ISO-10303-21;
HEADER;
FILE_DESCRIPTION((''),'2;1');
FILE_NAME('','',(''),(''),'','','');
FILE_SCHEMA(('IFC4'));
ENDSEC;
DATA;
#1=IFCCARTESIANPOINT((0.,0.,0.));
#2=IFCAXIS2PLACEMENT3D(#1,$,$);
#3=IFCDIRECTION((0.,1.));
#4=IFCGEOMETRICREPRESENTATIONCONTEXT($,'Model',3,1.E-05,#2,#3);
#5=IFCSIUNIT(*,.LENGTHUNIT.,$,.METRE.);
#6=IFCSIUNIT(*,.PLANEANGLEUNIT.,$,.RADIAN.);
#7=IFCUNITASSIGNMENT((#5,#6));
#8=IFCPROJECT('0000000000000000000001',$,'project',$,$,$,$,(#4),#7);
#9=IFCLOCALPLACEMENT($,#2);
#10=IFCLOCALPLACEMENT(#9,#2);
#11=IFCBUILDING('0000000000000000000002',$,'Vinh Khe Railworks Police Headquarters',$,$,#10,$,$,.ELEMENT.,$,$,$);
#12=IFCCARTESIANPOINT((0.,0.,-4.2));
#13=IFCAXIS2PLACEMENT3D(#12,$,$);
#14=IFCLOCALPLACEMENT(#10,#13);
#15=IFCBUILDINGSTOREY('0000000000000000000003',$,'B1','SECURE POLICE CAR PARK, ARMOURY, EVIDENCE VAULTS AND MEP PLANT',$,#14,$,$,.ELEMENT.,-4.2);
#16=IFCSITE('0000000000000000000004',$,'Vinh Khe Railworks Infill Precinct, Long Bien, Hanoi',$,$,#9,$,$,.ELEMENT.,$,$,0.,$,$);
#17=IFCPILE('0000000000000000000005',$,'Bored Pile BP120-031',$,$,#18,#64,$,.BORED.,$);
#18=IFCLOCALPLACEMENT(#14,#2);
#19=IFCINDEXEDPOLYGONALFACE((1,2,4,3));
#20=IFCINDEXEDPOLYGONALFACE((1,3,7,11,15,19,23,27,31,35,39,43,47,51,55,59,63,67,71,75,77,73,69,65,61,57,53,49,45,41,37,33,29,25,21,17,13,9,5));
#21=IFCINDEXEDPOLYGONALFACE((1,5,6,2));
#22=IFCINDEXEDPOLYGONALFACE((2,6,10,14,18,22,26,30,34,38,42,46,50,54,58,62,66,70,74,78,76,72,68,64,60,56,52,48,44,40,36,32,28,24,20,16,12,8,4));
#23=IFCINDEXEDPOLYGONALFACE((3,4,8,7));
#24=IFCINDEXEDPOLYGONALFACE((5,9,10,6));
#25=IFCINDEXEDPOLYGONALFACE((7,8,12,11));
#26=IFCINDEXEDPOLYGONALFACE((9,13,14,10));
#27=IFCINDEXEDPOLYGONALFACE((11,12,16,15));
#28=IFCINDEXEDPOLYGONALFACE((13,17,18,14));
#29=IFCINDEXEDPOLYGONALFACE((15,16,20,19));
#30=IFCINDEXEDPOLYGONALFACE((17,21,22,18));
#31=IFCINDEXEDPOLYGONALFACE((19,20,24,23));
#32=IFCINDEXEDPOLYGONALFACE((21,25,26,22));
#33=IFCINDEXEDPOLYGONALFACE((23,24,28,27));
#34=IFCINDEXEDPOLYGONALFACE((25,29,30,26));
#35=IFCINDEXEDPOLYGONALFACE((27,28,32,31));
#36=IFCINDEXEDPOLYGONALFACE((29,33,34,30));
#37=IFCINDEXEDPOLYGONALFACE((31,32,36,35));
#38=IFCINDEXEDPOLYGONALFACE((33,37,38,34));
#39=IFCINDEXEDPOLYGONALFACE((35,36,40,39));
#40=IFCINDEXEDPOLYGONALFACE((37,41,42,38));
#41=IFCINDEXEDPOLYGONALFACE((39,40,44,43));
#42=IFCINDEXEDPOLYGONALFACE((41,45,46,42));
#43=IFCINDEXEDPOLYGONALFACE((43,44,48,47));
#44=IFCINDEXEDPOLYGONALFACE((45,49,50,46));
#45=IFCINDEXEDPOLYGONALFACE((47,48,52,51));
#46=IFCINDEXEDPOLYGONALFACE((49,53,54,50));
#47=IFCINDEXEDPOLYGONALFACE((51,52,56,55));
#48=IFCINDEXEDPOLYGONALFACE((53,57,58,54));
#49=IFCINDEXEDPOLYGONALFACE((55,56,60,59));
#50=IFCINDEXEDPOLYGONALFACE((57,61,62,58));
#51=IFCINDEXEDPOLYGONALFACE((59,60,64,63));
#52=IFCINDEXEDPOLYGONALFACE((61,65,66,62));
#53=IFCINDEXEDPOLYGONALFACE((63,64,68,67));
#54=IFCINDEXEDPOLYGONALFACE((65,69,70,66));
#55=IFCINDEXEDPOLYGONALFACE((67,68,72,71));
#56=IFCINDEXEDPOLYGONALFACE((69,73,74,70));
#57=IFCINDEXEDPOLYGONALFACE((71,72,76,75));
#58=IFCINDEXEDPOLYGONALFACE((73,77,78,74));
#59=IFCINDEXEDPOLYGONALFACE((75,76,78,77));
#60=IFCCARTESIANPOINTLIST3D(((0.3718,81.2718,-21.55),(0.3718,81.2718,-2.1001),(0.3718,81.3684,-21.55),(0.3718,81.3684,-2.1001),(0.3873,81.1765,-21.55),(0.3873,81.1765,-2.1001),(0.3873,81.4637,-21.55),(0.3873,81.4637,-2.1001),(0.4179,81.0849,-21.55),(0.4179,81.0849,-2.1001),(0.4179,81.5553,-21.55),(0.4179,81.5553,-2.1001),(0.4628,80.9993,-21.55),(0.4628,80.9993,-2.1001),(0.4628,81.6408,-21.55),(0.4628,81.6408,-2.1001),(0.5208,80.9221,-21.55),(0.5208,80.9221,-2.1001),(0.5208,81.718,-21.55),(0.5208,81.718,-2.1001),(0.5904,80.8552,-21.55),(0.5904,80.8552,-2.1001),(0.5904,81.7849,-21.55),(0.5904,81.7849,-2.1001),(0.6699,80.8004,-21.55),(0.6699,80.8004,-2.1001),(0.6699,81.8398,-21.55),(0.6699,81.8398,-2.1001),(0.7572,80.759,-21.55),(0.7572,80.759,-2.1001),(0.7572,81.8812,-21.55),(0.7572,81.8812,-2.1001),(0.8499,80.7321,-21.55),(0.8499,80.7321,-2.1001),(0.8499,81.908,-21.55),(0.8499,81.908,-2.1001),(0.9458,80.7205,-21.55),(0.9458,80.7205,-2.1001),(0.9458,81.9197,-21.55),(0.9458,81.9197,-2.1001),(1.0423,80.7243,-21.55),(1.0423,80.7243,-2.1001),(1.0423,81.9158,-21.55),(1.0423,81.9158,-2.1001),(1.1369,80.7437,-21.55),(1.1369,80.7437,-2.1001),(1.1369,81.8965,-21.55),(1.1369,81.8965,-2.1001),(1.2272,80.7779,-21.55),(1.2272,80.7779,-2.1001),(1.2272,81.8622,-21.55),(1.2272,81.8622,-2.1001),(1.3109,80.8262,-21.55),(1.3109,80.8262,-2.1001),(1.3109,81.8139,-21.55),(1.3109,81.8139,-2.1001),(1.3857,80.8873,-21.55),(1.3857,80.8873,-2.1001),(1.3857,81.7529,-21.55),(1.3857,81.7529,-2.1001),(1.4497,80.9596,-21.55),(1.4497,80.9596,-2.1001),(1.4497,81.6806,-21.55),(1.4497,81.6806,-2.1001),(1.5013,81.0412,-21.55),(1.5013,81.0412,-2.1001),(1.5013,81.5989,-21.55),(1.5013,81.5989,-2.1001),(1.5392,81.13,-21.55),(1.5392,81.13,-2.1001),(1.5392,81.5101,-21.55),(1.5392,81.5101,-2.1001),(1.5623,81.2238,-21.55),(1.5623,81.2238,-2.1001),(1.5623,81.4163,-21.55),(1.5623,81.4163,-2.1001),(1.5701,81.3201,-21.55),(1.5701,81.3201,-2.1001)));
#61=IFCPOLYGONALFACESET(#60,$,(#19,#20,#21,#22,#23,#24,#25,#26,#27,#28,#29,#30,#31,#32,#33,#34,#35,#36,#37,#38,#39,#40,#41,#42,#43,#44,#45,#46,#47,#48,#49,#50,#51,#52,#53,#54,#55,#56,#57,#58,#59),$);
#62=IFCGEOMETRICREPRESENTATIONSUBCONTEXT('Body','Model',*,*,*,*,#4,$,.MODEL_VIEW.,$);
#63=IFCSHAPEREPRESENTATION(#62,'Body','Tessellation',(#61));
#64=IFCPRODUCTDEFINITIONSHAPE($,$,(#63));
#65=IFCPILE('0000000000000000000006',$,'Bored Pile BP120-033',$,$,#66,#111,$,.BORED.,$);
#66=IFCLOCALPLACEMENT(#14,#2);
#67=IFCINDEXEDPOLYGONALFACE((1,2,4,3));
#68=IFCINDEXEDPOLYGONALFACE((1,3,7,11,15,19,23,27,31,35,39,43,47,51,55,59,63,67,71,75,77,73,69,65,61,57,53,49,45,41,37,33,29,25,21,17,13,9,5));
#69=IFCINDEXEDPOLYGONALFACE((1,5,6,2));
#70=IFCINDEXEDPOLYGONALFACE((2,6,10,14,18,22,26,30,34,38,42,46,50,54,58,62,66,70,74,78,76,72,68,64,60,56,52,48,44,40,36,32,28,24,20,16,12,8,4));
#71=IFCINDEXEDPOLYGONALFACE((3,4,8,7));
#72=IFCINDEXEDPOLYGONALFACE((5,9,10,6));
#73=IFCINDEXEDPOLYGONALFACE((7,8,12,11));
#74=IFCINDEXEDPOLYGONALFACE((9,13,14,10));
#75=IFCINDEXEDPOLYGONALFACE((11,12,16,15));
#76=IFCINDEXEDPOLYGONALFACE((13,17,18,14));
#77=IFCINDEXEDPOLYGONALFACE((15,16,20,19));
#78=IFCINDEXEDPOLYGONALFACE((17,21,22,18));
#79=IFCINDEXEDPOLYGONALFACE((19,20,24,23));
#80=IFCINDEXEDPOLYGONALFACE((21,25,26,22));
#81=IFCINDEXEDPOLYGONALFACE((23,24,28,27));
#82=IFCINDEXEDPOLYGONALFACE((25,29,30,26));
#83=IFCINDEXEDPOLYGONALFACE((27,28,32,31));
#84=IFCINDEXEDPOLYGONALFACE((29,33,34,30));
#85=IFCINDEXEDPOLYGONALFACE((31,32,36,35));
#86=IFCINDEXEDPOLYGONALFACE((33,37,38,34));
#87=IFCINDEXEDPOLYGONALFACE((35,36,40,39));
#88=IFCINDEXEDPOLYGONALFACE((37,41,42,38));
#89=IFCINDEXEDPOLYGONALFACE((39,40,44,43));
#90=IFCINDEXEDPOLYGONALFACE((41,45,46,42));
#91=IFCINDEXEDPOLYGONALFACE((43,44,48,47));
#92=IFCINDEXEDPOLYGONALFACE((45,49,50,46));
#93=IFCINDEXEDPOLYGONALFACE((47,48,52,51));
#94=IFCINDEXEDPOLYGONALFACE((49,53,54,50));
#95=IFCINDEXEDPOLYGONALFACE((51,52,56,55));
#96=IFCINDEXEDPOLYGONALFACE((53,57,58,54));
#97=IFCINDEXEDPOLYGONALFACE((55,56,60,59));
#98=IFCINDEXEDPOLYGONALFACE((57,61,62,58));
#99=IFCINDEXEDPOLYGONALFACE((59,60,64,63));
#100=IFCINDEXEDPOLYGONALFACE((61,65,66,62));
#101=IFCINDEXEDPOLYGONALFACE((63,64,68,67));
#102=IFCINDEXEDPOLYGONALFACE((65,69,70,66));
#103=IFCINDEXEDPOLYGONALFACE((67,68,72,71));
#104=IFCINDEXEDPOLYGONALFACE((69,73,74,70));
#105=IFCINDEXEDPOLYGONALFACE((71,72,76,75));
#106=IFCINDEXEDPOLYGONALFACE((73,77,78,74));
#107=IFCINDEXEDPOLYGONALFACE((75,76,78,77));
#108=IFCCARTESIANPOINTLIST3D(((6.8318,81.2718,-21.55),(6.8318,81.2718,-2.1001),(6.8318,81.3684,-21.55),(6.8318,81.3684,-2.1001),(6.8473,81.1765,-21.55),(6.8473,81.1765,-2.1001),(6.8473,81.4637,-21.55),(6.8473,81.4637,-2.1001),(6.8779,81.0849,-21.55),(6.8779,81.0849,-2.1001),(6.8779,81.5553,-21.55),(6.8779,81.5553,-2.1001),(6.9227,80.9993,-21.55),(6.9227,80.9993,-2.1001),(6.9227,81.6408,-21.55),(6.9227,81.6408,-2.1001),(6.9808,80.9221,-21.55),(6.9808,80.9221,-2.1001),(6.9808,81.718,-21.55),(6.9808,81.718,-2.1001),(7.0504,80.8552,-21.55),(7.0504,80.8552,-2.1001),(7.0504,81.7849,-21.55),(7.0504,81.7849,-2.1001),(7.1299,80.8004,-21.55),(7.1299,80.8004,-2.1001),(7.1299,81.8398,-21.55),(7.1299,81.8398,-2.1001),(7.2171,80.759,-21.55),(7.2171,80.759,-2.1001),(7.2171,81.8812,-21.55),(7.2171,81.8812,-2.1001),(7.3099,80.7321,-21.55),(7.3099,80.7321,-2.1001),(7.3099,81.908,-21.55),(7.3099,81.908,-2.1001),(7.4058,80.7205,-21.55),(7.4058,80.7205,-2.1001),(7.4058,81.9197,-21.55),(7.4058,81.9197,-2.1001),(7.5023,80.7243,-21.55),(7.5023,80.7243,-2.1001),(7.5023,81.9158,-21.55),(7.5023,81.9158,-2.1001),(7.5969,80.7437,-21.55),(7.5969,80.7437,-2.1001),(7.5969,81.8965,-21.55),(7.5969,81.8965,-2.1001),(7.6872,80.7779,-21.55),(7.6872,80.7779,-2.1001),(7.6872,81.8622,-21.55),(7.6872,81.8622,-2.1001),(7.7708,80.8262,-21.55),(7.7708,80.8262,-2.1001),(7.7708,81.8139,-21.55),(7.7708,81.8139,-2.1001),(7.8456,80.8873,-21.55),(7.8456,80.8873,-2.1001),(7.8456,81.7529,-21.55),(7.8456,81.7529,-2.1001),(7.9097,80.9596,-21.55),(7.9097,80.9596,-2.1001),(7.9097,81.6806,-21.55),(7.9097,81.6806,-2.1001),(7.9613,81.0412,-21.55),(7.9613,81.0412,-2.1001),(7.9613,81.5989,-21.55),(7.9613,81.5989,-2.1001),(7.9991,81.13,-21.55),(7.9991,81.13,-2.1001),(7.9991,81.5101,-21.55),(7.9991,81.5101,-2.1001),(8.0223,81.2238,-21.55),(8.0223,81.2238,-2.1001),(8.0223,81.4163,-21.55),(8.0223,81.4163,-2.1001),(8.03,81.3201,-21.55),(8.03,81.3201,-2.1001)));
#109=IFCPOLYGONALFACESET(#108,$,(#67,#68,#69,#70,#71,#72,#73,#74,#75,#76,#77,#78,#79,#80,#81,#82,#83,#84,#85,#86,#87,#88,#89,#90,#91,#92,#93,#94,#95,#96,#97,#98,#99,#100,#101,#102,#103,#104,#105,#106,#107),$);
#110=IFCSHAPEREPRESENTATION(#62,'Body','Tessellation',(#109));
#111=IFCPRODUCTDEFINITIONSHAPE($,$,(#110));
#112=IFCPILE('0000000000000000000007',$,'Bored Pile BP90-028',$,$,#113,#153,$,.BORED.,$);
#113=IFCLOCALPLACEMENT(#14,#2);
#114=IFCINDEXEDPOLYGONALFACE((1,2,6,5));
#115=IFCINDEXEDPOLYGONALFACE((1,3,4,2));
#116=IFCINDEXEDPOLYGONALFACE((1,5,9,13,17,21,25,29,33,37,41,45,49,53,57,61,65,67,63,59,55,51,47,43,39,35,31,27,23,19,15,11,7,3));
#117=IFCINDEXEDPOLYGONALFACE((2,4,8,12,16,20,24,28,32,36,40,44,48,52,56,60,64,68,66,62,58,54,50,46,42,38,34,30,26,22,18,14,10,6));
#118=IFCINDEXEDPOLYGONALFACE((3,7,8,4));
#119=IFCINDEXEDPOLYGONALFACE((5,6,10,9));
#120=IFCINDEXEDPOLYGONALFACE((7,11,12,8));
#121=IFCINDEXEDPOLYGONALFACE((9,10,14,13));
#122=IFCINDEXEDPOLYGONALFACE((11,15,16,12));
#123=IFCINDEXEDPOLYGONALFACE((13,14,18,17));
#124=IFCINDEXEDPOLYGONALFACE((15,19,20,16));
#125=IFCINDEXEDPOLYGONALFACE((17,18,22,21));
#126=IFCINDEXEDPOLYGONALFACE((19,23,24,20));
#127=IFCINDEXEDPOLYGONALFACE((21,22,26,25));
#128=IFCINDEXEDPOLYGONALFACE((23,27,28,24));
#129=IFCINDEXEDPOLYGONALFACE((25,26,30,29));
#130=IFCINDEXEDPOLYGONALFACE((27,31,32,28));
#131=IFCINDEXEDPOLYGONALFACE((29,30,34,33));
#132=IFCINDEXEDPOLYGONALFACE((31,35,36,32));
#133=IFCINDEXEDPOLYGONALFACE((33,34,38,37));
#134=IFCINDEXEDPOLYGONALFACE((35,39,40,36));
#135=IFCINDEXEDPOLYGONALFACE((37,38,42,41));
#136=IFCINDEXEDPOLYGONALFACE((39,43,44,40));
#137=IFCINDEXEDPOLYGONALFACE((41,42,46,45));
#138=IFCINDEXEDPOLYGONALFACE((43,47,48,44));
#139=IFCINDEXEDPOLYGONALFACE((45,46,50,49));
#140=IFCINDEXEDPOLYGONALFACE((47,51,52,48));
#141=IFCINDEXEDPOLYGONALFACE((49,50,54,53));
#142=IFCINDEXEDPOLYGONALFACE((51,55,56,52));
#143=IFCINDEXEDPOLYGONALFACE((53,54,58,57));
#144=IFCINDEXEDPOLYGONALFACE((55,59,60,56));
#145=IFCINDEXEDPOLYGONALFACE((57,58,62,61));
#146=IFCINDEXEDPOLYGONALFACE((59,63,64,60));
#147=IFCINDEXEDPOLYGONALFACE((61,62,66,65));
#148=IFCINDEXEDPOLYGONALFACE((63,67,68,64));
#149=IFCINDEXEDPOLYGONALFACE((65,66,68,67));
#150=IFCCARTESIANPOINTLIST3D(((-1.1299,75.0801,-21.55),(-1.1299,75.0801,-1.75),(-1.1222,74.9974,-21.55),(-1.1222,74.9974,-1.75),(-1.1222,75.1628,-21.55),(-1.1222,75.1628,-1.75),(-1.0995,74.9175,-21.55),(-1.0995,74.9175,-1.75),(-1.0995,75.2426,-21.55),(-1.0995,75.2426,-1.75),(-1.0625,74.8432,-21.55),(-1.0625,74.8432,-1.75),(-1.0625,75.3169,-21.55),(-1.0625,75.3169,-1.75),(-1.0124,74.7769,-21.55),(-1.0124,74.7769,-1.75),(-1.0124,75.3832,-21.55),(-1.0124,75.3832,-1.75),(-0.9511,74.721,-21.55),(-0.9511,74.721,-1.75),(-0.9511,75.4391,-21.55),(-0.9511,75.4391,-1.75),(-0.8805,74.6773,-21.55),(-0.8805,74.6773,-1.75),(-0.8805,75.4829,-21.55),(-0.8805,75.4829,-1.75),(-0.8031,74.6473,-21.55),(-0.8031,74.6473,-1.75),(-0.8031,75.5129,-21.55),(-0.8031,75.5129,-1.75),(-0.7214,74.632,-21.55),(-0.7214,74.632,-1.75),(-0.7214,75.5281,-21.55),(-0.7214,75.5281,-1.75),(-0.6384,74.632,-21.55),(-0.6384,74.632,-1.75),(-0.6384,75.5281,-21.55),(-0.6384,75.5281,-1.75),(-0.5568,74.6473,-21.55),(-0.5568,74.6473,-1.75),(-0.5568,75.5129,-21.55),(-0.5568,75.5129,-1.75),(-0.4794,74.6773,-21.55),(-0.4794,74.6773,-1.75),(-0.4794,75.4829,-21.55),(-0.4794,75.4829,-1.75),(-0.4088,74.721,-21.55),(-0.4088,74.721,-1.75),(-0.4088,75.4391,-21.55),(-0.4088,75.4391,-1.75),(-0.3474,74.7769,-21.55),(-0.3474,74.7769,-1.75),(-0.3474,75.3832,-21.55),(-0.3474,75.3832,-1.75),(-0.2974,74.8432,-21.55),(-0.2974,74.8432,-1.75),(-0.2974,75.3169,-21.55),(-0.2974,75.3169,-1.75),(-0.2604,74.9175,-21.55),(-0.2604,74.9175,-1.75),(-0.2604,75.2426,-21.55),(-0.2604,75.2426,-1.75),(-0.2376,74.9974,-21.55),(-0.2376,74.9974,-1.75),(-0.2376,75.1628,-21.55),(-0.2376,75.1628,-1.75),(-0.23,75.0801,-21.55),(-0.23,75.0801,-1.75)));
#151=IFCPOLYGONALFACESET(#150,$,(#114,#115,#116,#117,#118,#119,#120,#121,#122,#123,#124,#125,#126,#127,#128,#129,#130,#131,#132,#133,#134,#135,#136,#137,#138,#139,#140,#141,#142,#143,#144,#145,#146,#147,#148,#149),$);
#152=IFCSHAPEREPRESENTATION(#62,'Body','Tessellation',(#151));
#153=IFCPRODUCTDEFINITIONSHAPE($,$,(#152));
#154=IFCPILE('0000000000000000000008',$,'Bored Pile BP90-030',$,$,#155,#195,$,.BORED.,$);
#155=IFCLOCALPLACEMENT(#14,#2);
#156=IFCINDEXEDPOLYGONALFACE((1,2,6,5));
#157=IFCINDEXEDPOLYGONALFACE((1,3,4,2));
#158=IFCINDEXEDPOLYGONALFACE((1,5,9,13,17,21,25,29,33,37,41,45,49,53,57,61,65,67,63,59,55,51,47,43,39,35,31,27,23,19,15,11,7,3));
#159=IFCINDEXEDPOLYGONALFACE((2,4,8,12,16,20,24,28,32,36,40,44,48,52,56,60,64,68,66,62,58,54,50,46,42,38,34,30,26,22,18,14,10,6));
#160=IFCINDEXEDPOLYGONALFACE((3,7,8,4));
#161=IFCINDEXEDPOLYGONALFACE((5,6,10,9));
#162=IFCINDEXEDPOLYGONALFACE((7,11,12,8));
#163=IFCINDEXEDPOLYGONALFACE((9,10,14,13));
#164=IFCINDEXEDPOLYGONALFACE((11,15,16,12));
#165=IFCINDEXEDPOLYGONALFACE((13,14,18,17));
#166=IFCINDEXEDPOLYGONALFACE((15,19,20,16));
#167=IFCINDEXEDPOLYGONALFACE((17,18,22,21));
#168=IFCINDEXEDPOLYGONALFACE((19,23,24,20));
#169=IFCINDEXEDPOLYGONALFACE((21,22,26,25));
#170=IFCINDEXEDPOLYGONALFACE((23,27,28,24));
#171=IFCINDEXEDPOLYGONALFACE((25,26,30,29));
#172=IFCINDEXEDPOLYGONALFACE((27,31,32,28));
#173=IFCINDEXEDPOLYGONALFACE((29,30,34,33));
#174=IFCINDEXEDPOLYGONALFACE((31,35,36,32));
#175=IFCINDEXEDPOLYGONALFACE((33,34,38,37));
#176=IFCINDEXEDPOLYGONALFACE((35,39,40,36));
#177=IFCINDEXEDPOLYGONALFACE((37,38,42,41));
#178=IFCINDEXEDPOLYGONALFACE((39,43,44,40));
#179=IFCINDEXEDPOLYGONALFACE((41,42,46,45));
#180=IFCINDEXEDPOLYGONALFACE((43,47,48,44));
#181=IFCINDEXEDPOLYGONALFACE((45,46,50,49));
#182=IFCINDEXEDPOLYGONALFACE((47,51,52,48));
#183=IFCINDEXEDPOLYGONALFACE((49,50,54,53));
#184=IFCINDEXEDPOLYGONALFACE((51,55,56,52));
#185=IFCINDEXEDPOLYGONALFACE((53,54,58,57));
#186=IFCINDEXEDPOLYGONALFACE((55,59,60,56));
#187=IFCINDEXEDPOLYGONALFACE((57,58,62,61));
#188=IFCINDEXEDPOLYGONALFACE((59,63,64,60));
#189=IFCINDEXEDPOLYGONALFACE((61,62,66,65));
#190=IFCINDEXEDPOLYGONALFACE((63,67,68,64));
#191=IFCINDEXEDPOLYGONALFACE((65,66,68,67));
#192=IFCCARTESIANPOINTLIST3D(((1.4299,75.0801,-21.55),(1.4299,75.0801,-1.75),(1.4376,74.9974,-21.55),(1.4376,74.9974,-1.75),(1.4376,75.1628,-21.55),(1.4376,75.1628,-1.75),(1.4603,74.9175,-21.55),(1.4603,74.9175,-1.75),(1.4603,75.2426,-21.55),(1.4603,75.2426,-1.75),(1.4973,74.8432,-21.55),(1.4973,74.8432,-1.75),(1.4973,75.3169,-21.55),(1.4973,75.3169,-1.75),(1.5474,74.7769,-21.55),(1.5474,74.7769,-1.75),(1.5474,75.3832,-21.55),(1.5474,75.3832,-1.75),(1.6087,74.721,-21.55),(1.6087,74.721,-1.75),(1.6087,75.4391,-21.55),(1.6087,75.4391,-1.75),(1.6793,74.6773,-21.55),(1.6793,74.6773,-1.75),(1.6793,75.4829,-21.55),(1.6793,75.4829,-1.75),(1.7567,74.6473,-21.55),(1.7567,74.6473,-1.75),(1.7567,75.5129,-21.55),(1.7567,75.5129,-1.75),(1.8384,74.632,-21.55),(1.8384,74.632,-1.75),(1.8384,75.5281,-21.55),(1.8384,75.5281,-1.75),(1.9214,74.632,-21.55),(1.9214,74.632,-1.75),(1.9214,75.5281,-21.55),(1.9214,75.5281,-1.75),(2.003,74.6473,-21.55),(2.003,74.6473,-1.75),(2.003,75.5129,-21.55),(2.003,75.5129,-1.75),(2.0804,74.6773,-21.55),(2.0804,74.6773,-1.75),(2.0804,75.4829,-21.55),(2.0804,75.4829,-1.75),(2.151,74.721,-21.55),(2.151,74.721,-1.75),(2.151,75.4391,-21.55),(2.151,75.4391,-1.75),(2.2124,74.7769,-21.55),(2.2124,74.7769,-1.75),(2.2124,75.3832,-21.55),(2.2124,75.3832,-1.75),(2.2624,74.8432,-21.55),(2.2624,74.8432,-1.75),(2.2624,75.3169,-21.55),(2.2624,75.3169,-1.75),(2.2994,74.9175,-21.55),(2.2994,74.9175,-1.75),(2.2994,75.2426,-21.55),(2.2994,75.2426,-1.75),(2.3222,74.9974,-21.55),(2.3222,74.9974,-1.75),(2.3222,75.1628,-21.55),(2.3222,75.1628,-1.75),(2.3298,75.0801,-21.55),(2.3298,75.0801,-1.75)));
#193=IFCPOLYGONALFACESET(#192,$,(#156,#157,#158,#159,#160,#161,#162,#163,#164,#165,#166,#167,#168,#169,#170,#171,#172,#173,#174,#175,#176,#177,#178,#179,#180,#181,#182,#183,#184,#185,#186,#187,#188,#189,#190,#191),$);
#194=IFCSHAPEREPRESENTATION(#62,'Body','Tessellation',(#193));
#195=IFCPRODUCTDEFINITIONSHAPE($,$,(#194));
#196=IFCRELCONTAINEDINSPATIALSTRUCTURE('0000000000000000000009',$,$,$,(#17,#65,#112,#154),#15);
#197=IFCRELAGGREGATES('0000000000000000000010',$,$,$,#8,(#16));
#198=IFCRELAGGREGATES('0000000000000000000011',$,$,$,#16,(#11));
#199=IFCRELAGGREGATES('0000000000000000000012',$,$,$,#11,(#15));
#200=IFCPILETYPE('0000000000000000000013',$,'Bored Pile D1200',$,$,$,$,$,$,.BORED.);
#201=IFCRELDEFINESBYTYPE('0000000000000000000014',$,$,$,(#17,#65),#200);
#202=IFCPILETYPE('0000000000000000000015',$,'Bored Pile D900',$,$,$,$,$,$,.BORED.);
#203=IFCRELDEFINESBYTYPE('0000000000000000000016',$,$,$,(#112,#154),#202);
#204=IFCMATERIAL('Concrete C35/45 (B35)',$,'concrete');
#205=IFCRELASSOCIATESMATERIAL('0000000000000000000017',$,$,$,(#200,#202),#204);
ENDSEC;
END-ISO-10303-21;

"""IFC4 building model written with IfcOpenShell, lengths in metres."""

from ifc_helpers import new_model, si_unit, direction, frame, origin, origin_2d, place, context, subcontext, project, spatial, circle, extrude, material, material_profile, profile_set, type_object, element, save


model = new_model("IFC4")

# Units and contexts
model_context = context("Model", 3, precision=1e-05, world=origin(), true_north=direction((0.0, 1.0)))
body_context = subcontext(model_context, "Body", "Model", "MODEL_VIEW")
ifc_project = project(units=[si_unit("LENGTHUNIT", "METRE"), si_unit("PLANEANGLEUNIT", "RADIAN")], contexts=[model_context])

# Site, building, storey
site_placement = place(None, origin())
site = spatial("IfcSite", under=ifc_project, at=site_placement, Name="Vinh Khe Railworks Infill Precinct, Long Bien, Hanoi", CompositionType="ELEMENT", RefElevation=0.0)
building_placement = place(site_placement, origin())
building = spatial("IfcBuilding", under=site, at=building_placement, Name="Vinh Khe Railworks Police Headquarters", CompositionType="ELEMENT")
storey_placement = place(building_placement, frame((0.0, 0.0, -4.2)))
storey = spatial("IfcBuildingStorey", under=building, at=storey_placement, Name="B1", Description="SECURE POLICE CAR PARK, ARMOURY, EVIDENCE VAULTS AND MEP PLANT", CompositionType="ELEMENT", Elevation=-4.2)

# Piles
ifc_material_1 = material(Name="Concrete C35/45 (B35)", Category="concrete")
ifc_material_profile_1 = material_profile(ifc_material_1, circle(Radius=0.6001, at=origin_2d()), Name="BORED PILE D1200")
ifc_profile_set_1 = profile_set([ifc_material_profile_1], Name="Concrete C35/45 (B35)")
pile_type_1 = type_object("IfcPileType", Name="Bored Pile D1200", PredefinedType="BORED", material=ifc_profile_set_1)
for number, where, z_axis, x_axis, name in (
    (1, (0.97, 81.3201, -2.1001), (0.0, 0.0, -1.0), (1.0, 0.0, 0.0), "Bored Pile BP120-031"),
    (2, (7.4299, 81.3201, -2.1001), (0.0, 0.0, -1.0), (1.0, 0.0, 0.0), "Bored Pile BP120-033"),
):
    element("IfcPile", number, at=place(storey_placement, frame(where, z_axis=z_axis, x_axis=x_axis)), inside=storey, type_object=pile_type_1, Name=name, PredefinedType="BORED", context=body_context, shape_type="SweptSolid", body=[
        extrude(circle(Radius=0.6001, at=origin_2d()), origin(), (0.0, 0.0, 1.0), 19.45),
    ])
ifc_material_profile_2 = material_profile(ifc_material_1, circle(Radius=0.45, at=origin_2d()), Name="BORED PILE D900")
ifc_profile_set_2 = profile_set([ifc_material_profile_2], Name="Concrete C35/45 (B35)")
pile_type_2 = type_object("IfcPileType", Name="Bored Pile D900", PredefinedType="BORED", material=ifc_profile_set_2)
for number, where, z_axis, x_axis, name in (
    (3, (-0.6799, 75.0801, -1.75), (0.0, 0.0, -1.0), (1.0, 0.0, 0.0), "Bored Pile BP90-028"),
    (4, (1.8799, 75.0801, -1.75), (0.0, 0.0, -1.0), (1.0, 0.0, 0.0), "Bored Pile BP90-030"),
):
    element("IfcPile", number, at=place(storey_placement, frame(where, z_axis=z_axis, x_axis=x_axis)), inside=storey, type_object=pile_type_2, Name=name, PredefinedType="BORED", context=body_context, shape_type="SweptSolid", body=[
        extrude(circle(Radius=0.45, at=origin_2d()), origin(), (0.0, 0.0, 1.0), 19.8),
    ])

save(model, "model.ifc")
